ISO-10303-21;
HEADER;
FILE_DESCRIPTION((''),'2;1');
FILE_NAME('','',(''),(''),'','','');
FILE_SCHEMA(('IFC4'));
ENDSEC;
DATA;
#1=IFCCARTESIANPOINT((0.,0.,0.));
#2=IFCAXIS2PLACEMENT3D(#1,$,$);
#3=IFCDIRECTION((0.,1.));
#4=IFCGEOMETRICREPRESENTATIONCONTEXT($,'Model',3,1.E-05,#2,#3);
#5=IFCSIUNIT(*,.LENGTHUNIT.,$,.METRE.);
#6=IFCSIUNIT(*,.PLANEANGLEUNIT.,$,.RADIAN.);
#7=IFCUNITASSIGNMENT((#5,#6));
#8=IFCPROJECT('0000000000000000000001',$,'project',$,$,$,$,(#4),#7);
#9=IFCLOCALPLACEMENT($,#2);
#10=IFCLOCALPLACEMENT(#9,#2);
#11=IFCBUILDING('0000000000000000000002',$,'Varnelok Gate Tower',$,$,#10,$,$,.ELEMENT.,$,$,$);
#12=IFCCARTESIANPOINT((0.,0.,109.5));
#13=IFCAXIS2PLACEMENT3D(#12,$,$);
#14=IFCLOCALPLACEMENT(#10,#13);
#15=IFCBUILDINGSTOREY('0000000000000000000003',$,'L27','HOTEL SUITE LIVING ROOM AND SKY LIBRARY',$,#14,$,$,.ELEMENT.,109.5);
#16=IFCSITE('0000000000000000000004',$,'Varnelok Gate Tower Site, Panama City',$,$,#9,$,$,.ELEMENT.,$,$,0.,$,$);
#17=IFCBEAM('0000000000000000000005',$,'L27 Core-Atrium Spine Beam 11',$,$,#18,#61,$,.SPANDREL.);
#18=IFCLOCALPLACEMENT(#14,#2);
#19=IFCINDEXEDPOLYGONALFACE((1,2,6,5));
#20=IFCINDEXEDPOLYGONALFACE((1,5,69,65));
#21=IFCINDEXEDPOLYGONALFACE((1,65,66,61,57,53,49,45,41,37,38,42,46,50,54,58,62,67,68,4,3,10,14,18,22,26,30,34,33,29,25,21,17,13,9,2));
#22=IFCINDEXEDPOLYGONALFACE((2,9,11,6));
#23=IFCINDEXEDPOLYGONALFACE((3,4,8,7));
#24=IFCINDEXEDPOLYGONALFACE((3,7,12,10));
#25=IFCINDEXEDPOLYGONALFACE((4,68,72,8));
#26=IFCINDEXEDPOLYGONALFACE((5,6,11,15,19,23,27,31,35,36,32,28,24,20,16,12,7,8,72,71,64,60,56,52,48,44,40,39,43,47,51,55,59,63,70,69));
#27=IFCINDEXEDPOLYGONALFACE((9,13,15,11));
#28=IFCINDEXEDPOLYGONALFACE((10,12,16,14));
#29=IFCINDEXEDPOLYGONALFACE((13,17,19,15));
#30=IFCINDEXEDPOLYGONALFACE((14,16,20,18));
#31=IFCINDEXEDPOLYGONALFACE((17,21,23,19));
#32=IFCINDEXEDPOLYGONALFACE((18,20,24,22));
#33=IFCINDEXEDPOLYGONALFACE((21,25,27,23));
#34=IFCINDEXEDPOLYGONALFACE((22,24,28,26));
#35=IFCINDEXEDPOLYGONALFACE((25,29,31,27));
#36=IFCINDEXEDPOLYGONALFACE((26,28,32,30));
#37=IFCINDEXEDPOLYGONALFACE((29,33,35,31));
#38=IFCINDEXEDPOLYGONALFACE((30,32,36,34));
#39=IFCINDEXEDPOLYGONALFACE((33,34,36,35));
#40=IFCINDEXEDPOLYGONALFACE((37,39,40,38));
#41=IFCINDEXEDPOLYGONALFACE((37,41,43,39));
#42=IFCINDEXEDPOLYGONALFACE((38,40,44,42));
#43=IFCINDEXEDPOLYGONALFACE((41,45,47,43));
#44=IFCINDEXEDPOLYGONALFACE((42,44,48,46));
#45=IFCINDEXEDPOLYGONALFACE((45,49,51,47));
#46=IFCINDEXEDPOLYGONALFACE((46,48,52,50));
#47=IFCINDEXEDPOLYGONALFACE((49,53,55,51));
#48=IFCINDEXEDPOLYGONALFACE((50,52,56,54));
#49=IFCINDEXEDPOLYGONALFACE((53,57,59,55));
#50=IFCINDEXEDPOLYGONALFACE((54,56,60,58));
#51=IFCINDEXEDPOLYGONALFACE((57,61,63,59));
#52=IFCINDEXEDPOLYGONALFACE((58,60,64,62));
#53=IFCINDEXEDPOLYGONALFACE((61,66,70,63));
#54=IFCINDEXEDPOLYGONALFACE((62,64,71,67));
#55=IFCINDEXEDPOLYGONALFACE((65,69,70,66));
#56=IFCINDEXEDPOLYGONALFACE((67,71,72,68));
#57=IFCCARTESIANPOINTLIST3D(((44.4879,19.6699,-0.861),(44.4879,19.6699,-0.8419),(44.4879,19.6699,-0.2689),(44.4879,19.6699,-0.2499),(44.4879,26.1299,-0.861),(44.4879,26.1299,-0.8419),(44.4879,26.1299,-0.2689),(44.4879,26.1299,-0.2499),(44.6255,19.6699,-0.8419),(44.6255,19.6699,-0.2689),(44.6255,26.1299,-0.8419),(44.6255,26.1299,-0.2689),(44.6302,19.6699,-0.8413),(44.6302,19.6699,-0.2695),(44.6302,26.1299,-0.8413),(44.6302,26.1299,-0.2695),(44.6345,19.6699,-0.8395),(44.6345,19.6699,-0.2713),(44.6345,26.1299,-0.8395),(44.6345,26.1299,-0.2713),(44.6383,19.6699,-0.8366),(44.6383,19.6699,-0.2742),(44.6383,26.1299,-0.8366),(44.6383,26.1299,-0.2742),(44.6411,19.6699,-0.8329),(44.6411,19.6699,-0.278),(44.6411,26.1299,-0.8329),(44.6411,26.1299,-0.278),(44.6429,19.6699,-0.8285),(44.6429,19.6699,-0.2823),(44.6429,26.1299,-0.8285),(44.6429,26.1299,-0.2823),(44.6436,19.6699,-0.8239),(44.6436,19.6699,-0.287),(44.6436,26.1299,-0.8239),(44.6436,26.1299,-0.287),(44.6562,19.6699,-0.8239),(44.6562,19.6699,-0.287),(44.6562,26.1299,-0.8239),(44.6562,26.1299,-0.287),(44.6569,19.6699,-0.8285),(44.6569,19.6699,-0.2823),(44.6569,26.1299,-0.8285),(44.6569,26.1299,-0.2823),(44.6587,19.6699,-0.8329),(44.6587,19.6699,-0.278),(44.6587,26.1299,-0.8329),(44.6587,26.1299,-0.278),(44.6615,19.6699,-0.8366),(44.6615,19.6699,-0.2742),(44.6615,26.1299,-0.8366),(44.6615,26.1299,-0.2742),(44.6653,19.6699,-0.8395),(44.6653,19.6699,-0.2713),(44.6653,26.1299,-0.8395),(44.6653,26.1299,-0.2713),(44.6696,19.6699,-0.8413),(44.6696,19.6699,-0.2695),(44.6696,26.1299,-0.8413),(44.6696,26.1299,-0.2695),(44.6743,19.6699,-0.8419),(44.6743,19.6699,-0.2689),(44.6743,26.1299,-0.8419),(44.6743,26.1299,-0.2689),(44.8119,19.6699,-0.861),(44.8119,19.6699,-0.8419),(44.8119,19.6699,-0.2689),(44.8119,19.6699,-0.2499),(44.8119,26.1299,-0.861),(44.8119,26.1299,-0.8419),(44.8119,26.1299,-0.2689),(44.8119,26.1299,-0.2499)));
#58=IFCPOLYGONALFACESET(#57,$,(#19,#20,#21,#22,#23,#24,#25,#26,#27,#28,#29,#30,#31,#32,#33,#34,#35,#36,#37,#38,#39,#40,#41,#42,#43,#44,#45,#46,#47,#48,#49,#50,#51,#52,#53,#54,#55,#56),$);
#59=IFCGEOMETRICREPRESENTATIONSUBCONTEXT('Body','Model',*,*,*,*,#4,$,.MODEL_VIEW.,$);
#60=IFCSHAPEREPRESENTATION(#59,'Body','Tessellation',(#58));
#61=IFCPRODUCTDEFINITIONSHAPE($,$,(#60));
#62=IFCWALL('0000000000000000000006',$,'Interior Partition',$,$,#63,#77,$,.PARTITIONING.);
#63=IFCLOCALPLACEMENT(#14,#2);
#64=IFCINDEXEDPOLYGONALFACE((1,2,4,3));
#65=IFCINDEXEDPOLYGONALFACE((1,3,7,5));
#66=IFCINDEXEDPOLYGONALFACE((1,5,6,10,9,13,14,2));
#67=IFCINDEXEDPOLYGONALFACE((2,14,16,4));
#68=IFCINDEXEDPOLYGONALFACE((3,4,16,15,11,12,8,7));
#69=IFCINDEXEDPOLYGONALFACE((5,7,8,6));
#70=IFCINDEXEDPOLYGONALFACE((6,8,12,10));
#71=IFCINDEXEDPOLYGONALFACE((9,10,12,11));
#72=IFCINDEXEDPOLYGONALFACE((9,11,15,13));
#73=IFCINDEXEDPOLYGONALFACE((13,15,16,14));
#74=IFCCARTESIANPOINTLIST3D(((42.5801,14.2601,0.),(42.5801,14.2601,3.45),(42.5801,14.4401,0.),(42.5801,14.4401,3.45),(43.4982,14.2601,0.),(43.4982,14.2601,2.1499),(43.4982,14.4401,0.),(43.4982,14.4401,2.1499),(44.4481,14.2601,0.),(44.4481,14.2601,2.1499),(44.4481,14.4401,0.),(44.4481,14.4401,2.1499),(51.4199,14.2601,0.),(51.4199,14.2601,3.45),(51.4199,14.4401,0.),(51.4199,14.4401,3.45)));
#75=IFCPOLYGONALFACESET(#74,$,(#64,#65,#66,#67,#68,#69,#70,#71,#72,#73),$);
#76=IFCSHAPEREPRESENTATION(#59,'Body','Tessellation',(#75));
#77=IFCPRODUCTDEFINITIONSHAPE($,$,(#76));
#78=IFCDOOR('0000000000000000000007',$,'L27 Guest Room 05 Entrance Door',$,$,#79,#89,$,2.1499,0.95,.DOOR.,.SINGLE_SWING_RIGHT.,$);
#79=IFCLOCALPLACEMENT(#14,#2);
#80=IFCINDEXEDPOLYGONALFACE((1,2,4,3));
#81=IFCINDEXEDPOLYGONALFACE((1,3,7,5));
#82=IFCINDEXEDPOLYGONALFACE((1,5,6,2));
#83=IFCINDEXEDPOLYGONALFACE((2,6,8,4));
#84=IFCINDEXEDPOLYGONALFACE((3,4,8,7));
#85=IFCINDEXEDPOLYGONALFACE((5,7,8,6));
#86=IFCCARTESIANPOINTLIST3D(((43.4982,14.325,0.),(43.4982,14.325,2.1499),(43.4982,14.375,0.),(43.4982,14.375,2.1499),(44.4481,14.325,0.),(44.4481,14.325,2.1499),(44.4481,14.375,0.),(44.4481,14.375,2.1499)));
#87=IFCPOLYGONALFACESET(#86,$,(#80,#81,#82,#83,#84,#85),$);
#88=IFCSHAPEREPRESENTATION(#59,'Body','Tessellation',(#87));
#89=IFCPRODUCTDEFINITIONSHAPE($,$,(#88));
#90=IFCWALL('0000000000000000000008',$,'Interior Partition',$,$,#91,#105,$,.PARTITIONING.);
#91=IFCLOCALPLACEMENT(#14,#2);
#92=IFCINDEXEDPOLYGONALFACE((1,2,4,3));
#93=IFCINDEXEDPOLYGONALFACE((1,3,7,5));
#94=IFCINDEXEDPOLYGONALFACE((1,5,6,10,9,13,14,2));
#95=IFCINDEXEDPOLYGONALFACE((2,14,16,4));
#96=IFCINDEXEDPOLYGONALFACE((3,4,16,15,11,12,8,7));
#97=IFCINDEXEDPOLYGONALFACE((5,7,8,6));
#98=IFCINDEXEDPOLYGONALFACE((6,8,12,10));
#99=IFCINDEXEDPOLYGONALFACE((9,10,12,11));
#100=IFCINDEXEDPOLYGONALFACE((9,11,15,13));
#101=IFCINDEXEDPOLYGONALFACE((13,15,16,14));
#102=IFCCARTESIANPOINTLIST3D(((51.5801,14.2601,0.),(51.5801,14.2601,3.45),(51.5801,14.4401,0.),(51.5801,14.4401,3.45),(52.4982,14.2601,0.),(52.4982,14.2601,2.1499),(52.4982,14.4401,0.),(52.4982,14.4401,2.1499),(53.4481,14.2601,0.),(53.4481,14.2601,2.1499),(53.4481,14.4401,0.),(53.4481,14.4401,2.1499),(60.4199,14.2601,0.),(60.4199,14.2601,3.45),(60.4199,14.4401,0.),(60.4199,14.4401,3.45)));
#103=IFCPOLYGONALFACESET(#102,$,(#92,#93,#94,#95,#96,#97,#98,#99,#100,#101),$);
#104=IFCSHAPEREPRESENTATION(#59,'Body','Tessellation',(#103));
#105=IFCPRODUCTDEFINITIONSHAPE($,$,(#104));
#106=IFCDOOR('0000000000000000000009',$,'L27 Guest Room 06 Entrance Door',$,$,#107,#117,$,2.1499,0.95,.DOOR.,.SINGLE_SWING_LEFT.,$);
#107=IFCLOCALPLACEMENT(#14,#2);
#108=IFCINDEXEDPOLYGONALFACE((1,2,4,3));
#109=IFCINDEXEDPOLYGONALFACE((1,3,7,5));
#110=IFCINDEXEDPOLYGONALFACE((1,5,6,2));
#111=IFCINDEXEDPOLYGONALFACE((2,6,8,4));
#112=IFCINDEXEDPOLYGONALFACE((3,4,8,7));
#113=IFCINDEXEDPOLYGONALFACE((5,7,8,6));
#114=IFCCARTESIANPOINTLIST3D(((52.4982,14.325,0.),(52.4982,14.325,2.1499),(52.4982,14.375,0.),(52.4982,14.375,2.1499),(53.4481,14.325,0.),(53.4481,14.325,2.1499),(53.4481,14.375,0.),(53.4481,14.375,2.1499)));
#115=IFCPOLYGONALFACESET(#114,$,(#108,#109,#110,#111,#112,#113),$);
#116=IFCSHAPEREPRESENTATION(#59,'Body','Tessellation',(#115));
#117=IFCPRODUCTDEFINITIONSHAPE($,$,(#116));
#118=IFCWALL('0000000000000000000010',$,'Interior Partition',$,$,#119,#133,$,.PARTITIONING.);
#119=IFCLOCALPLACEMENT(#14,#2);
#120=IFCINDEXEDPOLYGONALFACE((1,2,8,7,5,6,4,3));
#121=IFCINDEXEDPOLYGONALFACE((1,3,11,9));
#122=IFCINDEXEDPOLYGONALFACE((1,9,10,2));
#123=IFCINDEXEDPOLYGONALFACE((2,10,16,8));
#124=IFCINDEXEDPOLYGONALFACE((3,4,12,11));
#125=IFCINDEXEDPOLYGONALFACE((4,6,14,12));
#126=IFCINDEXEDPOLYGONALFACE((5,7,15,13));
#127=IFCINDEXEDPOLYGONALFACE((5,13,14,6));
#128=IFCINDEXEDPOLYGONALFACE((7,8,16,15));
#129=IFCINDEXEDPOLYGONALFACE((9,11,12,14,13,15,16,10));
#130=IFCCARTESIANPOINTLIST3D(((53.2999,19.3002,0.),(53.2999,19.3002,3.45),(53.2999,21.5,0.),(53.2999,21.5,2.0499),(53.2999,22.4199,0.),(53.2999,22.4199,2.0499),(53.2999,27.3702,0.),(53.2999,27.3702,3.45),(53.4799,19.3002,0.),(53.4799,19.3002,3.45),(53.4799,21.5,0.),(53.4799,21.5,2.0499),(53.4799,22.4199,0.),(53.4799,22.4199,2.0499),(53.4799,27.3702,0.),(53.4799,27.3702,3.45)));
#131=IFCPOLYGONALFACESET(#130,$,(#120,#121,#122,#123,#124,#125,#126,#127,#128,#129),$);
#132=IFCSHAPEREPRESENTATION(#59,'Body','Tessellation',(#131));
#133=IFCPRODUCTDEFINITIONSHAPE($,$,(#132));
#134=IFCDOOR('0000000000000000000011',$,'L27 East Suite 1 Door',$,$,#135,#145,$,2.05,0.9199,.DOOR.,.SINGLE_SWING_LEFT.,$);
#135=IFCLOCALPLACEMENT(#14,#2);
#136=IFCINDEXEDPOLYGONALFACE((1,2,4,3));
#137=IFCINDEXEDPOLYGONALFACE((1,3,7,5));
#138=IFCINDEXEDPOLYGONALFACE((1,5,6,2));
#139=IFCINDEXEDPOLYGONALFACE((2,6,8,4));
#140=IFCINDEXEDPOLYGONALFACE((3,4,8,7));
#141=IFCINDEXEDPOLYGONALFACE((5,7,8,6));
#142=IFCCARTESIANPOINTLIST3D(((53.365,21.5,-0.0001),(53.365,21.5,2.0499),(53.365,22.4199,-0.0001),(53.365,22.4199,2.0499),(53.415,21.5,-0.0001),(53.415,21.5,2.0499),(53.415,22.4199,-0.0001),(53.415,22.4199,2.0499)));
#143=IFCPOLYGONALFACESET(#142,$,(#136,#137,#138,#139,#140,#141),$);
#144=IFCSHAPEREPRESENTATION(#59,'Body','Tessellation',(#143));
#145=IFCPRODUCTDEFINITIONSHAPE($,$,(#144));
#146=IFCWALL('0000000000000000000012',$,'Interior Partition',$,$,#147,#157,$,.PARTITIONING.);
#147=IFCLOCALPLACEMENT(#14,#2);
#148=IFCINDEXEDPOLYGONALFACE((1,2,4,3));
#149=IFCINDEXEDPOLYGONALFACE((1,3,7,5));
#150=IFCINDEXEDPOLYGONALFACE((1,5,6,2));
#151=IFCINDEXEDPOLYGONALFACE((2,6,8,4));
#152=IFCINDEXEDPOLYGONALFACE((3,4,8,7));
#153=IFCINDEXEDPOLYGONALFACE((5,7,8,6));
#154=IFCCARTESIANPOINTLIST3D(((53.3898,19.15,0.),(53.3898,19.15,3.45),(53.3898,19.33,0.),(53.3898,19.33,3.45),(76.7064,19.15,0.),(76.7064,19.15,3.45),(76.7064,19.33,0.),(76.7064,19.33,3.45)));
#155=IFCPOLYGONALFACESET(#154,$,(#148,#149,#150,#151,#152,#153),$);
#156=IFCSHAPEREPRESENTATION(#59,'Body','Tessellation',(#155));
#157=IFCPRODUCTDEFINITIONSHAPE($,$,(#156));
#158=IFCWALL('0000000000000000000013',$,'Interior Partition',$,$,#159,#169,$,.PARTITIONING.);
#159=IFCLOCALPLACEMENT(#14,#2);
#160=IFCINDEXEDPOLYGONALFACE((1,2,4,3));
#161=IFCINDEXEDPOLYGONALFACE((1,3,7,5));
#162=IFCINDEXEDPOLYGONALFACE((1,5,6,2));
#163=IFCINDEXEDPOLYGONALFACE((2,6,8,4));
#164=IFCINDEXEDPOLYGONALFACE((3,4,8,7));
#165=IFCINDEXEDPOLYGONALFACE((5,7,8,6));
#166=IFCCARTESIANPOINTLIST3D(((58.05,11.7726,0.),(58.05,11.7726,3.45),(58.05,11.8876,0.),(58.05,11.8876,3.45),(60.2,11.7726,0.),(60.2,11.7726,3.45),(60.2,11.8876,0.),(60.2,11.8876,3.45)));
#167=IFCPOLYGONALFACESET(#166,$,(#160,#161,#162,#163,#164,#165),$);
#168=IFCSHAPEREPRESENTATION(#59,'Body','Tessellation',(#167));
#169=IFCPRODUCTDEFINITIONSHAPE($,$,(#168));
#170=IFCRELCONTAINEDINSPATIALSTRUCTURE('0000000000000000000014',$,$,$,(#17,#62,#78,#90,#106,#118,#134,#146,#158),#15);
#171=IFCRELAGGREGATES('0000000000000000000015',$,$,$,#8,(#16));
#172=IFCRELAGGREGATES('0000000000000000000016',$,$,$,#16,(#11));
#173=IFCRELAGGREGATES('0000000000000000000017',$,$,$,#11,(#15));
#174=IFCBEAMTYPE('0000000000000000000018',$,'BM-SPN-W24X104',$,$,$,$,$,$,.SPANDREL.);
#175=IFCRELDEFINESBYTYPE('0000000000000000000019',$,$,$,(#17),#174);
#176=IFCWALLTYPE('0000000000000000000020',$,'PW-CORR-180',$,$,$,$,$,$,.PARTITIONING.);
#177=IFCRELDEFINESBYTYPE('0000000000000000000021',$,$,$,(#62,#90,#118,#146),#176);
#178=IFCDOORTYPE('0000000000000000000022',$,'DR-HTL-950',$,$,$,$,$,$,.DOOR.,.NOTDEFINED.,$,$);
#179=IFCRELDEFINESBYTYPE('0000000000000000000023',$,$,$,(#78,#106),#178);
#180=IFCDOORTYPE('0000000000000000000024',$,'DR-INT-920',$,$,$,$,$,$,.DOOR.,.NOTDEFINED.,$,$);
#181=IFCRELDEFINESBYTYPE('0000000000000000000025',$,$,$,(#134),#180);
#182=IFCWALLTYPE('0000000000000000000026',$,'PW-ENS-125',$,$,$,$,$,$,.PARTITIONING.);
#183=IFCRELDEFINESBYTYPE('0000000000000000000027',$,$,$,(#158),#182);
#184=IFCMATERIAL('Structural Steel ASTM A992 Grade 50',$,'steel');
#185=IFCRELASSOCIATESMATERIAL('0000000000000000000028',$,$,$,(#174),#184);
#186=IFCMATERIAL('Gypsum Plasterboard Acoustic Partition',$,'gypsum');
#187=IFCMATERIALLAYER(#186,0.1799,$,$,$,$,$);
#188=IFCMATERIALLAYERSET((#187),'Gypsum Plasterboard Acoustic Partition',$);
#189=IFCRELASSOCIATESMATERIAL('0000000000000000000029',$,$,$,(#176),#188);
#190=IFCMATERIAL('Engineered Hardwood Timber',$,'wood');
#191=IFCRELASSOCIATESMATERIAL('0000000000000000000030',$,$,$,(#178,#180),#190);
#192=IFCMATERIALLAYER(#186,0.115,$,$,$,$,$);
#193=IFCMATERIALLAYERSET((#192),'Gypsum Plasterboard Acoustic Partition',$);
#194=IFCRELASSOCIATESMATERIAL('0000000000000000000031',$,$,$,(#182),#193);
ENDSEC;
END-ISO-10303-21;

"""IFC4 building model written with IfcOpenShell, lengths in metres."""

from ifc_helpers import new_model, si_unit, direction, frame, frame_2d, origin, origin_2d, place, context, subcontext, project, spatial, rectangle, i_section, extrude, material, layer, layer_set, material_profile, profile_set, type_object, element, fill, save


model = new_model("IFC4")

# Units and contexts
model_context = context("Model", 3, precision=1e-05, world=origin(), true_north=direction((0.0, 1.0)))
body_context = subcontext(model_context, "Body", "Model", "MODEL_VIEW")
ifc_project = project(units=[si_unit("LENGTHUNIT", "METRE"), si_unit("PLANEANGLEUNIT", "RADIAN")], contexts=[model_context])

# Site, building, storey
site_placement = place(None, origin())
site = spatial("IfcSite", under=ifc_project, at=site_placement, Name="Varnelok Gate Tower Site, Panama City", CompositionType="ELEMENT", RefElevation=0.0)
building_placement = place(site_placement, origin())
building = spatial("IfcBuilding", under=site, at=building_placement, Name="Varnelok Gate Tower", CompositionType="ELEMENT")
storey_placement = place(building_placement, frame((0.0, 0.0, 109.5)))
storey = spatial("IfcBuildingStorey", under=building, at=storey_placement, Name="L27", Description="HOTEL SUITE LIVING ROOM AND SKY LIBRARY", CompositionType="ELEMENT", Elevation=109.5)

# Shared definitions
ifc_material_1 = material(Name="Structural Steel ASTM A992 Grade 50", Category="steel")

# Beam
ifc_material_profile_1 = material_profile(ifc_material_1, i_section(OverallWidth=0.324, OverallDepth=0.6111, WebThickness=0.0127, FlangeThickness=0.019, FilletRadius=0.0181, at=origin_2d()), Name="W24X104")
ifc_profile_set_1 = profile_set([ifc_material_profile_1], Name="Structural Steel ASTM A992 Grade 50")
beam_type_1 = type_object("IfcBeamType", Name="BM-SPN-W24X104", PredefinedType="SPANDREL", material=ifc_profile_set_1)
beam_1_placement = place(storey_placement, frame((44.6499, 19.6699, -0.5554), z_axis=(0.0, 1.0, 0.0), x_axis=(-1.0, 0.0, 0.0)))
element("IfcBeam", 1, at=beam_1_placement, inside=storey, type_object=beam_type_1, Name="L27 Core-Atrium Spine Beam 11", PredefinedType="SPANDREL", context=body_context, shape_type="SweptSolid", body=[
    extrude(i_section(OverallWidth=0.324, OverallDepth=0.6111, WebThickness=0.0127, FlangeThickness=0.019, FilletRadius=0.0181, at=origin_2d()), origin(), (0.0, 0.0, 1.0), 6.46),
])

# Walls, openings, doors
ifc_material_2 = material(Name="Gypsum Plasterboard Acoustic Partition", Category="gypsum")
ifc_layer_1 = layer(ifc_material_2, 0.1799)
ifc_layer_set_1 = layer_set([ifc_layer_1], Name="Gypsum Plasterboard Acoustic Partition")
wall_type_1 = type_object("IfcWallType", Name="PW-CORR-180", PredefinedType="PARTITIONING", material=ifc_layer_set_1)
wall_1_placement = place(storey_placement, frame((42.5801, 14.3501, 0.0), z_axis=(0.0, 0.0, 1.0), x_axis=(1.0, 0.0, 0.0)))
wall_1 = element("IfcWall", 2, at=wall_1_placement, inside=storey, type_object=wall_type_1, Name="Interior Partition", PredefinedType="PARTITIONING", context=body_context, shape_type="SweptSolid", body=[
    extrude(rectangle(XDim=8.8398, YDim=0.1799, at=frame_2d((4.4199, 0.0))), origin(), (0.0, 0.0, 1.0), 3.45),
])
opening_1_placement = place(wall_1_placement, frame((0.918, 0.0, 0.0)))
opening_1 = element("IfcOpeningElement", 3, at=opening_1_placement, cuts=wall_1, PredefinedType="OPENING", context=body_context, shape_type="SweptSolid", body=[
    extrude(rectangle(XDim=0.95, YDim=2.1499, at=frame_2d((0.4751, 1.075))), frame((0.0, 0.0999, 0.0), z_axis=(0.0, -1.0, 0.0), x_axis=(1.0, 0.0, 0.0)), (0.0, 0.0, 1.0), 0.2),
])
ifc_material_3 = material(Name="Engineered Hardwood Timber", Category="wood")
door_type_1 = type_object("IfcDoorType", Name="DR-HTL-950", OperationType="NOTDEFINED", PredefinedType="DOOR", material=ifc_material_3)
door_1_placement = place(opening_1_placement, origin())
door_1 = element("IfcDoor", 4, at=door_1_placement, inside=storey, type_object=door_type_1, Name="L27 Guest Room 05 Entrance Door", OperationType="SINGLE_SWING_RIGHT", OverallHeight=2.1499, OverallWidth=0.95, PredefinedType="DOOR", context=body_context, shape_type="SweptSolid", body=[
    extrude(rectangle(XDim=0.95, YDim=2.1499, at=frame_2d((0.4751, 1.075))), frame((0.0, 0.0249, 0.0), z_axis=(0.0, -1.0, 0.0), x_axis=(1.0, 0.0, 0.0)), (0.0, 0.0, 1.0), 0.05),
])
fill(opening_1, door_1)
wall_2_placement = place(storey_placement, frame((51.5801, 14.3501, 0.0), z_axis=(0.0, 0.0, 1.0), x_axis=(1.0, 0.0, 0.0)))
wall_2 = element("IfcWall", 5, at=wall_2_placement, inside=storey, type_object=wall_type_1, Name="Interior Partition", PredefinedType="PARTITIONING", context=body_context, shape_type="SweptSolid", body=[
    extrude(rectangle(XDim=8.8398, YDim=0.1799, at=frame_2d((4.4199, 0.0))), origin(), (0.0, 0.0, 1.0), 3.45),
])
opening_2_placement = place(wall_2_placement, frame((0.918, 0.0, 0.0)))
opening_2 = element("IfcOpeningElement", 6, at=opening_2_placement, cuts=wall_2, PredefinedType="OPENING", context=body_context, shape_type="SweptSolid", body=[
    extrude(rectangle(XDim=0.95, YDim=2.1499, at=frame_2d((0.4751, 1.075))), frame((0.0, 0.0999, 0.0), z_axis=(0.0, -1.0, 0.0), x_axis=(1.0, 0.0, 0.0)), (0.0, 0.0, 1.0), 0.2),
])
door_2_placement = place(opening_2_placement, origin())
door_2 = element("IfcDoor", 7, at=door_2_placement, inside=storey, type_object=door_type_1, Name="L27 Guest Room 06 Entrance Door", OperationType="SINGLE_SWING_LEFT", OverallHeight=2.1499, OverallWidth=0.95, PredefinedType="DOOR", context=body_context, shape_type="SweptSolid", body=[
    extrude(rectangle(XDim=0.95, YDim=2.1499, at=frame_2d((0.4751, 1.075))), frame((0.0, 0.0249, 0.0), z_axis=(0.0, -1.0, 0.0), x_axis=(1.0, 0.0, 0.0)), (0.0, 0.0, 1.0), 0.05),
])
fill(opening_2, door_2)
wall_3_placement = place(storey_placement, frame((53.3899, 19.3, 0.0), z_axis=(0.0, 0.0, 1.0), x_axis=(0.0, 1.0, 0.0)))
wall_3 = element("IfcWall", 8, at=wall_3_placement, inside=storey, type_object=wall_type_1, Name="Interior Partition", PredefinedType="PARTITIONING", context=body_context, shape_type="SweptSolid", body=[
    extrude(rectangle(XDim=8.0701, YDim=0.1799, at=frame_2d((4.0352, 0.0))), origin(), (0.0, 0.0, 1.0), 3.45),
])
opening_3_placement = place(wall_3_placement, frame((2.2, 0.0, 0.0)))
opening_3 = element("IfcOpeningElement", 9, at=opening_3_placement, cuts=wall_3, PredefinedType="OPENING", context=body_context, shape_type="SweptSolid", body=[
    extrude(rectangle(XDim=0.9199, YDim=2.05, at=frame_2d((0.46, 1.0249))), frame((0.0, 0.0999, 0.0), z_axis=(0.0, -1.0, 0.0), x_axis=(1.0, 0.0, 0.0)), (0.0, 0.0, 1.0), 0.2),
])
door_type_2 = type_object("IfcDoorType", Name="DR-INT-920", OperationType="NOTDEFINED", PredefinedType="DOOR", material=ifc_material_3)
door_3_placement = place(opening_3_placement, origin())
door_3 = element("IfcDoor", 10, at=door_3_placement, inside=storey, type_object=door_type_2, Name="L27 East Suite 1 Door", OperationType="SINGLE_SWING_LEFT", OverallHeight=2.05, OverallWidth=0.9199, PredefinedType="DOOR", context=body_context, shape_type="SweptSolid", body=[
    extrude(rectangle(XDim=0.9199, YDim=2.05, at=frame_2d((0.46, 1.0249))), frame((0.0, 0.0249, 0.0), z_axis=(0.0, -1.0, 0.0), x_axis=(1.0, 0.0, 0.0)), (0.0, 0.0, 1.0), 0.05),
])
fill(opening_3, door_3)

# Walls
wall_4_placement = place(storey_placement, frame((53.3899, 19.24, 0.0), z_axis=(0.0, 0.0, 1.0), x_axis=(1.0, 0.0, 0.0)))
element("IfcWall", 11, at=wall_4_placement, inside=storey, type_object=wall_type_1, Name="Interior Partition", PredefinedType="PARTITIONING", context=body_context, shape_type="SweptSolid", body=[
    extrude(rectangle(XDim=23.3167, YDim=0.1799, at=frame_2d((11.6582, 0.0))), origin(), (0.0, 0.0, 1.0), 3.45),
])
ifc_layer_2 = layer(ifc_material_2, 0.115)
ifc_layer_set_2 = layer_set([ifc_layer_2], Name="Gypsum Plasterboard Acoustic Partition")
wall_type_2 = type_object("IfcWallType", Name="PW-ENS-125", PredefinedType="PARTITIONING", material=ifc_layer_set_2)
wall_5_placement = place(storey_placement, frame((58.05, 11.8301, 0.0), z_axis=(0.0, 0.0, 1.0), x_axis=(1.0, 0.0, 0.0)))
element("IfcWall", 12, at=wall_5_placement, inside=storey, type_object=wall_type_2, Name="Interior Partition", PredefinedType="PARTITIONING", context=body_context, shape_type="SweptSolid", body=[
    extrude(rectangle(XDim=2.1499, YDim=0.115, at=frame_2d((1.075, 0.0))), origin(), (0.0, 0.0, 1.0), 3.45),
])

save(model, "model.ifc")
